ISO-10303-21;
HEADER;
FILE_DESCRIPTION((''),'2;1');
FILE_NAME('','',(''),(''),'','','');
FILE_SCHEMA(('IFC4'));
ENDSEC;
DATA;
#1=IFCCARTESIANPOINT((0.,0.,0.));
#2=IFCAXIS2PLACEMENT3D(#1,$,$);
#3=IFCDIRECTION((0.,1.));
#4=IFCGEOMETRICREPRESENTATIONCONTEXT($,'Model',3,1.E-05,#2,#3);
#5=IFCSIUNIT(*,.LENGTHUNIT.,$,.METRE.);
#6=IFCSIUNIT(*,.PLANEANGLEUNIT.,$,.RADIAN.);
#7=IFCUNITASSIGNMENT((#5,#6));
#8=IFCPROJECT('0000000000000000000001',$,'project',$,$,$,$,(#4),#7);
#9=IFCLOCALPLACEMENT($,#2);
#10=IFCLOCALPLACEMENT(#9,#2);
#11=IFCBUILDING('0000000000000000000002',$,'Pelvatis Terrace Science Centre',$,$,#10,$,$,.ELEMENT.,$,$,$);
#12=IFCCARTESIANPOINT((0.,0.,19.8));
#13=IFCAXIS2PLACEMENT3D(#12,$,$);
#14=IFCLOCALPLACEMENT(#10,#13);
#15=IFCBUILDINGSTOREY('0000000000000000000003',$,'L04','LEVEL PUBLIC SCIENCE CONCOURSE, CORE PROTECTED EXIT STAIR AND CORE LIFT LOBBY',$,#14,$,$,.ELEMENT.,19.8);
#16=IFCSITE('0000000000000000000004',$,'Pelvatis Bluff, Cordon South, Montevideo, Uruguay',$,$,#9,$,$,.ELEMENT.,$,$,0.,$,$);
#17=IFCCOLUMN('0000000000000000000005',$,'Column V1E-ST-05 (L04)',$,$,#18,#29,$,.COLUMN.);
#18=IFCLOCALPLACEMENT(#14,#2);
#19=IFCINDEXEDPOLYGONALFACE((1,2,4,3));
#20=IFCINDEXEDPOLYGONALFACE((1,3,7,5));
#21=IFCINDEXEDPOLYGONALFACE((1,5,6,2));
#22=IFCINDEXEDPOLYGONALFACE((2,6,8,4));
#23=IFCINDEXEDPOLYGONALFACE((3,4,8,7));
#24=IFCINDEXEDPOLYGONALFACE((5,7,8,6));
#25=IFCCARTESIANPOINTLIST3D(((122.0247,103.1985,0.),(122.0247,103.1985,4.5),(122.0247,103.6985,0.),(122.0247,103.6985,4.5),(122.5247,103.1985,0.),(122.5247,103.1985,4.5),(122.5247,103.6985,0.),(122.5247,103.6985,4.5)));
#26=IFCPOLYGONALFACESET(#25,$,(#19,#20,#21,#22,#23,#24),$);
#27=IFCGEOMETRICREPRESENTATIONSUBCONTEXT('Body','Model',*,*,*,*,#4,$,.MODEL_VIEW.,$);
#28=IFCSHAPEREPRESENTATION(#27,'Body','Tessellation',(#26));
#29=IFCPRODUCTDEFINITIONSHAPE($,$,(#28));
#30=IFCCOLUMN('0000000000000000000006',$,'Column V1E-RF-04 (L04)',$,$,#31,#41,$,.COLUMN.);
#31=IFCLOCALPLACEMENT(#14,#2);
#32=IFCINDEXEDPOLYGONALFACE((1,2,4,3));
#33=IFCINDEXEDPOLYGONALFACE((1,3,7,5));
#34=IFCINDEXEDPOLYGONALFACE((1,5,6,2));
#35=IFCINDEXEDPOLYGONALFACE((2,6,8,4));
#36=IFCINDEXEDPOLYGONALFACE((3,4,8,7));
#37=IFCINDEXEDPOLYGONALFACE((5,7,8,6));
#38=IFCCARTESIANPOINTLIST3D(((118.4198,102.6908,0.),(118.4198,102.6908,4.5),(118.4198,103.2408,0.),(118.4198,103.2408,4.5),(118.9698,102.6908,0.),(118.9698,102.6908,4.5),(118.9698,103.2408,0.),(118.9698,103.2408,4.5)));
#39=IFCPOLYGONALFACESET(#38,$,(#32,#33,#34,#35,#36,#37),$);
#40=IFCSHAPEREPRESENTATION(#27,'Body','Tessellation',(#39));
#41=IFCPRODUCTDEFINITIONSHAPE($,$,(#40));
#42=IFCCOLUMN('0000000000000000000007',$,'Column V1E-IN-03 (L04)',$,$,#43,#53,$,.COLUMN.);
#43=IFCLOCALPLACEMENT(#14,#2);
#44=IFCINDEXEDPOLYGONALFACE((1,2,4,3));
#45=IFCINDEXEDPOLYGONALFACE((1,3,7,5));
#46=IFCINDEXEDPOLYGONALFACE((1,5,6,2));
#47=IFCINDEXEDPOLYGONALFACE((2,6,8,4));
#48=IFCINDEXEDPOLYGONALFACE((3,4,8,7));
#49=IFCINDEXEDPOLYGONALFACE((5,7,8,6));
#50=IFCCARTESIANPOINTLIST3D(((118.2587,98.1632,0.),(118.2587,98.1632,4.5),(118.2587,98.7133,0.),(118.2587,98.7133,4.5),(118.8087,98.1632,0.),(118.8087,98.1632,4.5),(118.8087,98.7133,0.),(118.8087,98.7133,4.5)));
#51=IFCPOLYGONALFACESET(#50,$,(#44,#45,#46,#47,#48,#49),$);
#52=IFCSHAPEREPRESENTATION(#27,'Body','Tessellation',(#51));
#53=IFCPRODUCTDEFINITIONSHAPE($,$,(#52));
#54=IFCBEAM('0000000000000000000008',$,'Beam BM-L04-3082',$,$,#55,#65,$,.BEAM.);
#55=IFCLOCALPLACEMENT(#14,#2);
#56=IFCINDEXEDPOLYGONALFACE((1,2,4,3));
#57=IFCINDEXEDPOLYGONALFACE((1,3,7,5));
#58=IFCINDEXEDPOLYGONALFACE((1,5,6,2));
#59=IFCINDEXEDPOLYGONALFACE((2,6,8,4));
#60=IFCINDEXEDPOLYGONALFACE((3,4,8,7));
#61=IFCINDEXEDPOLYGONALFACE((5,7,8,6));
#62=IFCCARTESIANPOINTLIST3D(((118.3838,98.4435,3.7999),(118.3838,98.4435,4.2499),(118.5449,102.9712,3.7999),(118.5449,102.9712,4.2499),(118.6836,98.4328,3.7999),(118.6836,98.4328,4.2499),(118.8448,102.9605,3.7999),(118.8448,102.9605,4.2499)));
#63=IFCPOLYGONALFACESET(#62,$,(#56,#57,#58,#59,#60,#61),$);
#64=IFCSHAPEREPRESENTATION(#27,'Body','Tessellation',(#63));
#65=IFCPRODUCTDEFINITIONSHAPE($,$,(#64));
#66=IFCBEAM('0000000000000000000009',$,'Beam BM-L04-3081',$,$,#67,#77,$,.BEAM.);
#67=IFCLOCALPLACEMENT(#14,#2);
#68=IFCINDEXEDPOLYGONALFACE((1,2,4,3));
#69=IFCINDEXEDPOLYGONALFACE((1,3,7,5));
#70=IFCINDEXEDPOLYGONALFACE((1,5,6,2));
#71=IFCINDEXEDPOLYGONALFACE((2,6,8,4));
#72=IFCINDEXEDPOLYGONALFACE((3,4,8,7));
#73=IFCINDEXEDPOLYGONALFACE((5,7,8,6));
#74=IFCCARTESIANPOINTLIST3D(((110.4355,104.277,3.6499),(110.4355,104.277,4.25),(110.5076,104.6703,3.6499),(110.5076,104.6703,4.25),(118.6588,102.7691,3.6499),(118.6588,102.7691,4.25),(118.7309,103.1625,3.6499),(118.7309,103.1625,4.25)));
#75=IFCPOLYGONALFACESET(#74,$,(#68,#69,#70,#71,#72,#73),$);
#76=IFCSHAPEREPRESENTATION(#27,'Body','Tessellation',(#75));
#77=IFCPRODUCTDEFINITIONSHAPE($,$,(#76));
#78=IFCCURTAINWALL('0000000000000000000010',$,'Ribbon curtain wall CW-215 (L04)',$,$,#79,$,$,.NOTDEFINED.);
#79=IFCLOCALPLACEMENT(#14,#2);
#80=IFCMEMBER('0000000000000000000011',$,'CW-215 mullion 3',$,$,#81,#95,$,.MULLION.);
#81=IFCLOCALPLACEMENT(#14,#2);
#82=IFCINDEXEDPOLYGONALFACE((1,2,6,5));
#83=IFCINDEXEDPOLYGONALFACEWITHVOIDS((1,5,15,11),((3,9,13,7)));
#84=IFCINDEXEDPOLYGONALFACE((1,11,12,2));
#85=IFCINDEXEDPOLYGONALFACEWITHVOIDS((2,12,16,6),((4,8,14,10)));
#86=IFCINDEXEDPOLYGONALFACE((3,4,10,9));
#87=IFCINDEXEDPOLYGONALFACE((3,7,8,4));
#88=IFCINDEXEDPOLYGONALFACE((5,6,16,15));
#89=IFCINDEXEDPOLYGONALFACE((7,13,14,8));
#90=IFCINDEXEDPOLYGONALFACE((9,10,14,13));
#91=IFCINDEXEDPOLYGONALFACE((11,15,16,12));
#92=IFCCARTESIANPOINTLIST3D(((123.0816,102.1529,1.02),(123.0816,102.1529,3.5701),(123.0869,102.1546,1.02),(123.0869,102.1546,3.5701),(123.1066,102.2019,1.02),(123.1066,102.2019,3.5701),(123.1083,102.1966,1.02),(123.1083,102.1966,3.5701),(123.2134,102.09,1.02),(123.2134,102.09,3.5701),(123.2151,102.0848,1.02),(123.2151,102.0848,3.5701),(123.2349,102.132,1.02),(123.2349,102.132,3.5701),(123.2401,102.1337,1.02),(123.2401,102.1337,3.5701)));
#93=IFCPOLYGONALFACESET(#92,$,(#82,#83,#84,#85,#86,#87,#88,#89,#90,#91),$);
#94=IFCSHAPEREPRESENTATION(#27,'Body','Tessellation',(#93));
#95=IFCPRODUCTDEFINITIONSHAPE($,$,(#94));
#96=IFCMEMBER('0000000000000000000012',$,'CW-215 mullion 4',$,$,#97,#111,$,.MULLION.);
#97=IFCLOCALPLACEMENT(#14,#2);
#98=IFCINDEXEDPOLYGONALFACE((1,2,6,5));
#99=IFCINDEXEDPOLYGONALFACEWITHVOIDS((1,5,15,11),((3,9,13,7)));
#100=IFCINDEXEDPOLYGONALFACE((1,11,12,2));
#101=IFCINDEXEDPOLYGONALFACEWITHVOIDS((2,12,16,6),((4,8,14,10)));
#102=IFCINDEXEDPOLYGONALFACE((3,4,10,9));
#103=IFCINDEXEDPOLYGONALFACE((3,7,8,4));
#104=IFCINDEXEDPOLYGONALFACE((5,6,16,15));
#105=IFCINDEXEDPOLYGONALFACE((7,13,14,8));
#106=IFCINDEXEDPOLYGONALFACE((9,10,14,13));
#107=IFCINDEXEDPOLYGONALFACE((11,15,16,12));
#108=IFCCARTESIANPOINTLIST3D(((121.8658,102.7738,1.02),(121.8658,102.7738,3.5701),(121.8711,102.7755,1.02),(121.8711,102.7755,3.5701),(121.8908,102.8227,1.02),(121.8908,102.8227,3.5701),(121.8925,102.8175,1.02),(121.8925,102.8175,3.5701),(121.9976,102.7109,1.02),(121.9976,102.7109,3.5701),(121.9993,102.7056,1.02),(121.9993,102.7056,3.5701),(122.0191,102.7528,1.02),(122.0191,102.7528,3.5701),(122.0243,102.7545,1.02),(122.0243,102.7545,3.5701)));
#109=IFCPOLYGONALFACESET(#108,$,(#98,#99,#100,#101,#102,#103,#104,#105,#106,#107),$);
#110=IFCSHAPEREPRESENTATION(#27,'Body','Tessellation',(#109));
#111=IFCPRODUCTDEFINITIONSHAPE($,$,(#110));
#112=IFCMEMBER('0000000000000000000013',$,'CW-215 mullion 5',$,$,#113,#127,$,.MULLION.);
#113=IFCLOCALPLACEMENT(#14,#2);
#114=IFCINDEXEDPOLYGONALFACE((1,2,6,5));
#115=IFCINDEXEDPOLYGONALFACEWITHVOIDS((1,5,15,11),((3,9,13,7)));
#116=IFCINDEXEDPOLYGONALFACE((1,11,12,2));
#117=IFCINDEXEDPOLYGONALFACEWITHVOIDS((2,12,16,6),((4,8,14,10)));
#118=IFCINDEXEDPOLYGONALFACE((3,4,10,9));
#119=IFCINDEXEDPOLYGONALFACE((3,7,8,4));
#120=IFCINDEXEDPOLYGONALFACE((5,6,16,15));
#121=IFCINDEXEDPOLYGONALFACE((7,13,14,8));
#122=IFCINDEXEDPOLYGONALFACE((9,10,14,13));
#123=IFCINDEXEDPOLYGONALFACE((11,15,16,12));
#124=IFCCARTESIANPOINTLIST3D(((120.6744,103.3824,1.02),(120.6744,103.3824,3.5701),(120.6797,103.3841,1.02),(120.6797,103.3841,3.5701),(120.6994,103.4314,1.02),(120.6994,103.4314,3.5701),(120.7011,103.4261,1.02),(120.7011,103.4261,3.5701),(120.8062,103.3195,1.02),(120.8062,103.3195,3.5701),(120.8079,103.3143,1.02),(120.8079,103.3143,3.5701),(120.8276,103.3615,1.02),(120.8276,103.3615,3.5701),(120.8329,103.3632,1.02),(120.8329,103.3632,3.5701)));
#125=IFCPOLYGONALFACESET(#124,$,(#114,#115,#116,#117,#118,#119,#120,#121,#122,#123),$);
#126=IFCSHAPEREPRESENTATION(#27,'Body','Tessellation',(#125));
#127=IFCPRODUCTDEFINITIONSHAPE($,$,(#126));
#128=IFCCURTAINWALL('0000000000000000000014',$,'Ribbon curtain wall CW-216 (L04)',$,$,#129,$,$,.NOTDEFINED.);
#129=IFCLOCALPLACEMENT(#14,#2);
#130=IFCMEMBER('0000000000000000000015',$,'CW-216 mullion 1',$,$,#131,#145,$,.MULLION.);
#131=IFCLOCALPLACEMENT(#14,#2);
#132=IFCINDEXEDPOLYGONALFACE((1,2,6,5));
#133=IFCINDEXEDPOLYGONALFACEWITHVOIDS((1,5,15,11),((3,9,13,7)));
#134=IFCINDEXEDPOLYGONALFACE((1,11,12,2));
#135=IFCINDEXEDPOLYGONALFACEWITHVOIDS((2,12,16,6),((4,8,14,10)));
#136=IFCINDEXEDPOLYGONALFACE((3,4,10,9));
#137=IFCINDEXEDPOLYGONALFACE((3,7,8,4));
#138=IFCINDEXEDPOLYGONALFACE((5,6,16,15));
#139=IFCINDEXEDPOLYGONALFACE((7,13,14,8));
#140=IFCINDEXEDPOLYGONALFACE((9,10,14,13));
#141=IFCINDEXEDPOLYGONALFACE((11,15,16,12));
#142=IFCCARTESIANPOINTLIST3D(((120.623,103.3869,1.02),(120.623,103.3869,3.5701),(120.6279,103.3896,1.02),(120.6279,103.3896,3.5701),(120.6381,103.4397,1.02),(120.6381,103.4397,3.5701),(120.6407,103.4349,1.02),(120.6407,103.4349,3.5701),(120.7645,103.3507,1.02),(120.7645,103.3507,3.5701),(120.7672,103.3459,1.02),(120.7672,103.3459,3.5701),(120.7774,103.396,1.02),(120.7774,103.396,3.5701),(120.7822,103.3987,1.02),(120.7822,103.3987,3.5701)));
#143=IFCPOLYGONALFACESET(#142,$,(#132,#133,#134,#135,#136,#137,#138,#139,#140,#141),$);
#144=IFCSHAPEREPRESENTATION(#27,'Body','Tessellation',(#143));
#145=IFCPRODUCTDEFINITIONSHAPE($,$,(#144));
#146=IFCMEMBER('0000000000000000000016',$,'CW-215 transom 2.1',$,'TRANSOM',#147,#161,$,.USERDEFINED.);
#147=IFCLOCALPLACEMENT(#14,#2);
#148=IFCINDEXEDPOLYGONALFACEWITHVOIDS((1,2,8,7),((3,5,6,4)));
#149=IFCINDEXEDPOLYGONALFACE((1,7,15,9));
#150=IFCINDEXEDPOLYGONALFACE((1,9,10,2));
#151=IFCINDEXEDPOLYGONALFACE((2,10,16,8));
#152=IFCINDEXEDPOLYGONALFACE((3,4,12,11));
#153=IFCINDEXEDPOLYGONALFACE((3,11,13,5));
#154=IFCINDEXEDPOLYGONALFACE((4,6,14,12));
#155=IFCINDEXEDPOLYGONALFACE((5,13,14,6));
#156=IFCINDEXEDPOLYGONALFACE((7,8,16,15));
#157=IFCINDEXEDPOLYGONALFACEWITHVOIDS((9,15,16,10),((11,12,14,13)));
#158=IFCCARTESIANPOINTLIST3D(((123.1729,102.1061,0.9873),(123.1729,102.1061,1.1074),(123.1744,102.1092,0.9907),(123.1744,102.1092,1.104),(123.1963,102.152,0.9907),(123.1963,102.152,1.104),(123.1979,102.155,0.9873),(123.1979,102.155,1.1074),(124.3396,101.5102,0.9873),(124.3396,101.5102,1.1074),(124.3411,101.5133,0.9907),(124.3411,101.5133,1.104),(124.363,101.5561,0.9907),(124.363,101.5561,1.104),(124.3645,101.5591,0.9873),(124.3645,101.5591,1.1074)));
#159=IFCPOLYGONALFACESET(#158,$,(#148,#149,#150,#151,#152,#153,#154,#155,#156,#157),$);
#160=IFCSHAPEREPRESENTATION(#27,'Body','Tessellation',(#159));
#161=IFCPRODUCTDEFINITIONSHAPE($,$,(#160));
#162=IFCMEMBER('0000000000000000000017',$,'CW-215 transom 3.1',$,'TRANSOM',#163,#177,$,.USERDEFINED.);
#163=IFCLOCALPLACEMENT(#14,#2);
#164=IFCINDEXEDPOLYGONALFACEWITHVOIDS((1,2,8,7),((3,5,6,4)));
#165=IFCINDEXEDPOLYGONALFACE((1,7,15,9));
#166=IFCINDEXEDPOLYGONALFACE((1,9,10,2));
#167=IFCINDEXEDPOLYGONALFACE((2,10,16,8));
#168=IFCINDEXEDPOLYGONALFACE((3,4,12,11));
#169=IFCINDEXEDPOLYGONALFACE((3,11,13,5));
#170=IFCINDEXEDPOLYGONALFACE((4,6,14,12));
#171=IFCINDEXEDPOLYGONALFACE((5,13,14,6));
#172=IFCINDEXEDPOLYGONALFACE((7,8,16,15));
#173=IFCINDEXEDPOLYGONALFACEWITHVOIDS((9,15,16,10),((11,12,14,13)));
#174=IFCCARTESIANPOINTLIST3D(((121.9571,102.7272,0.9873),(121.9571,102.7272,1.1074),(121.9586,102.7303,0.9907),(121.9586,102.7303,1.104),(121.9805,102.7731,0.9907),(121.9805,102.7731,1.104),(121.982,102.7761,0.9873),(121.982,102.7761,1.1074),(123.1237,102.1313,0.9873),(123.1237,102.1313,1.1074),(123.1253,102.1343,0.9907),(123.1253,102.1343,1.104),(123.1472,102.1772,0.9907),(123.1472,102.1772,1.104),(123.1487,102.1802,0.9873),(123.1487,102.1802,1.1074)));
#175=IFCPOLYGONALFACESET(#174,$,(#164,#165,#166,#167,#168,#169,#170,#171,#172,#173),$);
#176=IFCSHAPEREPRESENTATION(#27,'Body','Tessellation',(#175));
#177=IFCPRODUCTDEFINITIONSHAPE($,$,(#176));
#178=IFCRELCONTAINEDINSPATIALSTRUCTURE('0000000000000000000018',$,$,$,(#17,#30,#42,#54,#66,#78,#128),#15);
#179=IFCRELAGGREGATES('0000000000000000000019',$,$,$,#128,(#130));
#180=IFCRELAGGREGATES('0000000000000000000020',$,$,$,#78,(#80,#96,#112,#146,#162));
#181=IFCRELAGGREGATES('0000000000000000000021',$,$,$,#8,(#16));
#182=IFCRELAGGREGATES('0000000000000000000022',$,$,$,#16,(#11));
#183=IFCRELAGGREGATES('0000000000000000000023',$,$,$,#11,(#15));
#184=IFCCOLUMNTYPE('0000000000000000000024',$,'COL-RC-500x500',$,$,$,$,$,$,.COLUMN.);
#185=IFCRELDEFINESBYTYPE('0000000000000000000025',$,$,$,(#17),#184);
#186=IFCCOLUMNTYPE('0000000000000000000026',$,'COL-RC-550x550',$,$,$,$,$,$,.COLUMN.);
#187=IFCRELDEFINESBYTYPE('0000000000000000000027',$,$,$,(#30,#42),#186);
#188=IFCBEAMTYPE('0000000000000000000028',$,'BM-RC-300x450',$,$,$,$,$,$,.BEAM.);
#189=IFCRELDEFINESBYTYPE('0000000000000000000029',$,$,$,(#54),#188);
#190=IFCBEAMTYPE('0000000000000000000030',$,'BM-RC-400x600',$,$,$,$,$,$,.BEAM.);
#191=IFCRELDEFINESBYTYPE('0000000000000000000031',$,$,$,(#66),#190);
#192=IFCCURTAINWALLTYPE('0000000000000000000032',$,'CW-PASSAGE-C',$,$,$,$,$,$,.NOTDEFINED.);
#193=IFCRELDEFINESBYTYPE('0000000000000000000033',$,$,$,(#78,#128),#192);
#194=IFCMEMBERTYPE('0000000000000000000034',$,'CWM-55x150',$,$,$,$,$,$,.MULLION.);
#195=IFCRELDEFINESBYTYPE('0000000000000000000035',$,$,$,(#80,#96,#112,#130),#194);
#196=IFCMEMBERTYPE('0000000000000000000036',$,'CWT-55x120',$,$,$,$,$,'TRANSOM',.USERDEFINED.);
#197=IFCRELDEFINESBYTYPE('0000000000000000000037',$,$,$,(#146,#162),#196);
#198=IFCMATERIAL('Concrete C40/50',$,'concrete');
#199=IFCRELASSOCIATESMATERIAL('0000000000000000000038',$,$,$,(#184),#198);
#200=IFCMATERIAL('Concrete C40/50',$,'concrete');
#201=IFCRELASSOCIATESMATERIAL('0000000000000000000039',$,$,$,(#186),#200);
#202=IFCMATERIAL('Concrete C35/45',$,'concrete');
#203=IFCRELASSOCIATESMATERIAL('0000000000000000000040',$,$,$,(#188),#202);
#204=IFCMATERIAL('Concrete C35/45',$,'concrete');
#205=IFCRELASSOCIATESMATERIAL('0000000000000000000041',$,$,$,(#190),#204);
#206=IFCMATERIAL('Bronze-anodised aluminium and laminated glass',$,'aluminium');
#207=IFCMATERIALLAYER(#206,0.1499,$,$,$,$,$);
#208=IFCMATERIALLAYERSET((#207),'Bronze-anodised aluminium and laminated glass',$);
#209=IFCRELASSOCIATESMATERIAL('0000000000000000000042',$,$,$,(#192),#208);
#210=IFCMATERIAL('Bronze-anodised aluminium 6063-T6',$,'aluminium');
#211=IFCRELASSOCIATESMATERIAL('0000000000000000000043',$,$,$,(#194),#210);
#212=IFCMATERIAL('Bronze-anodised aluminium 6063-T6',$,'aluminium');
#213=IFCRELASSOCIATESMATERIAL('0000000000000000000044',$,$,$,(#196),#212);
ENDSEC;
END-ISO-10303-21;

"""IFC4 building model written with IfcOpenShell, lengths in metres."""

from ifc_helpers import new_model, si_unit, direction, frame, origin, origin_2d, place, context, subcontext, project, spatial, rectangle, hollow_rectangle, extrude, material, layer, layer_set, material_profile, profile_set, type_object, element, aggregate, save


model = new_model("IFC4")

# Units and contexts
model_context = context("Model", 3, precision=1e-05, world=origin(), true_north=direction((0.0, 1.0)))
body_context = subcontext(model_context, "Body", "Model", "MODEL_VIEW")
ifc_project = project(units=[si_unit("LENGTHUNIT", "METRE"), si_unit("PLANEANGLEUNIT", "RADIAN")], contexts=[model_context])

# Site, building, storey
site_placement = place(None, origin())
site = spatial("IfcSite", under=ifc_project, at=site_placement, Name="Pelvatis Bluff, Cordon South, Montevideo, Uruguay", CompositionType="ELEMENT", RefElevation=0.0)
building_placement = place(site_placement, origin())
building = spatial("IfcBuilding", under=site, at=building_placement, Name="Pelvatis Terrace Science Centre", CompositionType="ELEMENT")
storey_placement = place(building_placement, frame((0.0, 0.0, 19.8)))
storey = spatial("IfcBuildingStorey", under=building, at=storey_placement, Name="L04", Description="LEVEL PUBLIC SCIENCE CONCOURSE, CORE PROTECTED EXIT STAIR AND CORE LIFT LOBBY", CompositionType="ELEMENT", Elevation=19.8)

# Columns
ifc_material_1 = material(Name="Concrete C40/50", Category="concrete")
ifc_material_profile_1 = material_profile(ifc_material_1, rectangle(XDim=0.5, YDim=0.5, at=origin_2d()), Name="RC-COL 500x500")
ifc_profile_set_1 = profile_set([ifc_material_profile_1], Name="Concrete C40/50")
column_type_1 = type_object("IfcColumnType", Name="COL-RC-500x500", PredefinedType="COLUMN", material=ifc_profile_set_1)
column_placement = place(storey_placement, frame((122.2747, 103.4485, 0.0), z_axis=(0.0, 0.0, 1.0), x_axis=(1.0, 0.0, 0.0)))
element("IfcColumn", 1, at=column_placement, inside=storey, type_object=column_type_1, Name="Column V1E-ST-05 (L04)", PredefinedType="COLUMN", context=body_context, shape_type="SweptSolid", body=[
    extrude(rectangle(XDim=0.5, YDim=0.5, at=origin_2d()), origin(), (0.0, 0.0, 1.0), 4.5),
])
ifc_material_2 = material(Name="Concrete C40/50", Category="concrete")
ifc_material_profile_2 = material_profile(ifc_material_2, rectangle(XDim=0.55, YDim=0.55, at=origin_2d()), Name="RC-COL 550x550")
ifc_profile_set_2 = profile_set([ifc_material_profile_2], Name="Concrete C40/50")
column_type_2 = type_object("IfcColumnType", Name="COL-RC-550x550", PredefinedType="COLUMN", material=ifc_profile_set_2)
for number, where, z_axis, x_axis, name in (
    (2, (118.6948, 102.9658, 0.0), (0.0, 0.0, 1.0), (1.0, 0.0, 0.0), "Column V1E-RF-04 (L04)"),
    (3, (118.5337, 98.4382, 0.0), (0.0, 0.0, 1.0), (1.0, 0.0, 0.0), "Column V1E-IN-03 (L04)"),
):
    element("IfcColumn", number, at=place(storey_placement, frame(where, z_axis=z_axis, x_axis=x_axis)), inside=storey, type_object=column_type_2, Name=name, PredefinedType="COLUMN", context=body_context, shape_type="SweptSolid", body=[
        extrude(rectangle(XDim=0.55, YDim=0.55, at=origin_2d()), origin(), (0.0, 0.0, 1.0), 4.5),
    ])

# Beams
ifc_material_3 = material(Name="Concrete C35/45", Category="concrete")
ifc_material_profile_3 = material_profile(ifc_material_3, rectangle(XDim=0.3, YDim=0.45, at=origin_2d()), Name="RC-BM 300x450")
ifc_profile_set_3 = profile_set([ifc_material_profile_3], Name="Concrete C35/45")
beam_type_1 = type_object("IfcBeamType", Name="BM-RC-300x450", PredefinedType="BEAM", material=ifc_profile_set_3)
beam_1_placement = place(storey_placement, frame((118.6948, 102.9658, 4.0249), z_axis=(-0.035567, -0.999367, 0.0), x_axis=(0.999367, -0.035567, 0.0)))
element("IfcBeam", 4, at=beam_1_placement, inside=storey, type_object=beam_type_1, Name="Beam BM-L04-3082", PredefinedType="BEAM", context=body_context, shape_type="SweptSolid", body=[
    extrude(rectangle(XDim=0.3, YDim=0.45, at=origin_2d()), origin(), (0.0, 0.0, 1.0), 4.5305),
])
ifc_material_4 = material(Name="Concrete C35/45", Category="concrete")
ifc_material_profile_4 = material_profile(ifc_material_4, rectangle(XDim=0.3999, YDim=0.6001, at=origin_2d()), Name="RC-BM 400x600")
ifc_profile_set_4 = profile_set([ifc_material_profile_4], Name="Concrete C35/45")
beam_type_2 = type_object("IfcBeamType", Name="BM-RC-400x600", PredefinedType="BEAM", material=ifc_profile_set_4)
beam_2_placement = place(storey_placement, frame((118.6948, 102.9658, 3.95), z_axis=(-0.983602, 0.180355, 0.0), x_axis=(-0.180355, -0.983602, 0.0)))
element("IfcBeam", 5, at=beam_2_placement, inside=storey, type_object=beam_type_2, Name="Beam BM-L04-3081", PredefinedType="BEAM", context=body_context, shape_type="SweptSolid", body=[
    extrude(rectangle(XDim=0.3999, YDim=0.6001, at=origin_2d()), origin(), (0.0, 0.0, 1.0), 8.3604),
])

# Curtain wall, members
ifc_material_5 = material(Name="Bronze-anodised aluminium and laminated glass", Category="aluminium")
ifc_layer_1 = layer(ifc_material_5, 0.1499)
ifc_layer_set_1 = layer_set([ifc_layer_1], Name="Bronze-anodised aluminium and laminated glass")
curtain_wall_type = type_object("IfcCurtainWallType", Name="CW-PASSAGE-C", PredefinedType="NOTDEFINED", material=ifc_layer_set_1)
curtain_wall_1_placement = place(storey_placement, origin())
curtain_wall_1 = element("IfcCurtainWall", 6, at=curtain_wall_1_placement, inside=storey, type_object=curtain_wall_type, Name="Ribbon curtain wall CW-215 (L04)", PredefinedType="NOTDEFINED")
ifc_material_6 = material(Name="Bronze-anodised aluminium 6063-T6", Category="aluminium")
ifc_material_profile_5 = material_profile(ifc_material_6, hollow_rectangle(XDim=0.0549, YDim=0.1499, WallThickness=0.0039, at=origin_2d()), Name="ALU-MUL 55x150")
ifc_profile_set_5 = profile_set([ifc_material_profile_5], Name="Bronze-anodised aluminium 6063-T6")
member_type_1 = type_object("IfcMemberType", Name="CWM-55x150", PredefinedType="MULLION", material=ifc_profile_set_5)
member_1_placement = place(storey_placement, frame((123.1609, 102.1433, 1.02), z_axis=(0.0, 0.0, 1.0), x_axis=(-0.454859, -0.890564, 0.0)))
member_1 = element("IfcMember", 7, at=member_1_placement, type_object=member_type_1, Name="CW-215 mullion 3", PredefinedType="MULLION", context=body_context, shape_type="SweptSolid", body=[
    extrude(hollow_rectangle(XDim=0.0549, YDim=0.1499, WallThickness=0.0039, at=origin_2d()), origin(), (0.0, 0.0, 1.0), 2.55),
])
member_2_placement = place(storey_placement, frame((121.9451, 102.7642, 1.02), z_axis=(0.0, 0.0, 1.0), x_axis=(-0.454859, -0.890564, 0.0)))
member_2 = element("IfcMember", 8, at=member_2_placement, type_object=member_type_1, Name="CW-215 mullion 4", PredefinedType="MULLION", context=body_context, shape_type="SweptSolid", body=[
    extrude(hollow_rectangle(XDim=0.0549, YDim=0.1499, WallThickness=0.0039, at=origin_2d()), origin(), (0.0, 0.0, 1.0), 2.55),
])
member_3_placement = place(storey_placement, frame((120.7537, 103.3728, 1.02), z_axis=(0.0, 0.0, 1.0), x_axis=(-0.454859, -0.890564, 0.0)))
member_3 = element("IfcMember", 9, at=member_3_placement, type_object=member_type_1, Name="CW-215 mullion 5", PredefinedType="MULLION", context=body_context, shape_type="SweptSolid", body=[
    extrude(hollow_rectangle(XDim=0.0549, YDim=0.1499, WallThickness=0.0039, at=origin_2d()), origin(), (0.0, 0.0, 1.0), 2.55),
])

# Curtain wall, member
curtain_wall_2_placement = place(storey_placement, origin())
curtain_wall_2 = element("IfcCurtainWall", 10, at=curtain_wall_2_placement, inside=storey, type_object=curtain_wall_type, Name="Ribbon curtain wall CW-216 (L04)", PredefinedType="NOTDEFINED")
member_4_placement = place(storey_placement, frame((120.7026, 103.3928, 1.02), z_axis=(0.0, 0.0, 1.0), x_axis=(-0.273577, -0.96185, 0.0)))
member_4 = element("IfcMember", 11, at=member_4_placement, type_object=member_type_1, Name="CW-216 mullion 1", PredefinedType="MULLION", context=body_context, shape_type="SweptSolid", body=[
    extrude(hollow_rectangle(XDim=0.0549, YDim=0.1499, WallThickness=0.0039, at=origin_2d()), origin(), (0.0, 0.0, 1.0), 2.55),
])

# Members
ifc_material_7 = material(Name="Bronze-anodised aluminium 6063-T6", Category="aluminium")
ifc_material_profile_6 = material_profile(ifc_material_7, hollow_rectangle(XDim=0.0549, YDim=0.1201, WallThickness=0.0034, at=origin_2d()), Name="ALU-TRN 55x120")
ifc_profile_set_6 = profile_set([ifc_material_profile_6], Name="Bronze-anodised aluminium 6063-T6")
member_type_2 = type_object("IfcMemberType", Name="CWT-55x120", ElementType="TRANSOM", PredefinedType="USERDEFINED", material=ifc_profile_set_6)
member_5_placement = place(storey_placement, frame((124.3521, 101.5347, 1.0474), z_axis=(-0.890555, 0.454875, 0.0), x_axis=(-0.454875, -0.890555, 0.0)))
member_5 = element("IfcMember", 12, at=member_5_placement, type_object=member_type_2, Name="CW-215 transom 2.1", ObjectType="TRANSOM", PredefinedType="USERDEFINED", context=body_context, shape_type="SweptSolid", body=[
    extrude(hollow_rectangle(XDim=0.0549, YDim=0.1201, WallThickness=0.0034, at=origin_2d()), origin(), (0.0, 0.0, 1.0), 1.3101),
])
member_6_placement = place(storey_placement, frame((123.1362, 102.1558, 1.0474), z_axis=(-0.890555, 0.454875, 0.0), x_axis=(-0.454875, -0.890555, 0.0)))
member_6 = element("IfcMember", 13, at=member_6_placement, type_object=member_type_2, Name="CW-215 transom 3.1", ObjectType="TRANSOM", PredefinedType="USERDEFINED", context=body_context, shape_type="SweptSolid", body=[
    extrude(hollow_rectangle(XDim=0.0549, YDim=0.1201, WallThickness=0.0034, at=origin_2d()), origin(), (0.0, 0.0, 1.0), 1.3101),
])
aggregate(curtain_wall_2, [member_4])

aggregate(curtain_wall_1, [member_1, member_2, member_3, member_5, member_6])

save(model, "model.ifc")
